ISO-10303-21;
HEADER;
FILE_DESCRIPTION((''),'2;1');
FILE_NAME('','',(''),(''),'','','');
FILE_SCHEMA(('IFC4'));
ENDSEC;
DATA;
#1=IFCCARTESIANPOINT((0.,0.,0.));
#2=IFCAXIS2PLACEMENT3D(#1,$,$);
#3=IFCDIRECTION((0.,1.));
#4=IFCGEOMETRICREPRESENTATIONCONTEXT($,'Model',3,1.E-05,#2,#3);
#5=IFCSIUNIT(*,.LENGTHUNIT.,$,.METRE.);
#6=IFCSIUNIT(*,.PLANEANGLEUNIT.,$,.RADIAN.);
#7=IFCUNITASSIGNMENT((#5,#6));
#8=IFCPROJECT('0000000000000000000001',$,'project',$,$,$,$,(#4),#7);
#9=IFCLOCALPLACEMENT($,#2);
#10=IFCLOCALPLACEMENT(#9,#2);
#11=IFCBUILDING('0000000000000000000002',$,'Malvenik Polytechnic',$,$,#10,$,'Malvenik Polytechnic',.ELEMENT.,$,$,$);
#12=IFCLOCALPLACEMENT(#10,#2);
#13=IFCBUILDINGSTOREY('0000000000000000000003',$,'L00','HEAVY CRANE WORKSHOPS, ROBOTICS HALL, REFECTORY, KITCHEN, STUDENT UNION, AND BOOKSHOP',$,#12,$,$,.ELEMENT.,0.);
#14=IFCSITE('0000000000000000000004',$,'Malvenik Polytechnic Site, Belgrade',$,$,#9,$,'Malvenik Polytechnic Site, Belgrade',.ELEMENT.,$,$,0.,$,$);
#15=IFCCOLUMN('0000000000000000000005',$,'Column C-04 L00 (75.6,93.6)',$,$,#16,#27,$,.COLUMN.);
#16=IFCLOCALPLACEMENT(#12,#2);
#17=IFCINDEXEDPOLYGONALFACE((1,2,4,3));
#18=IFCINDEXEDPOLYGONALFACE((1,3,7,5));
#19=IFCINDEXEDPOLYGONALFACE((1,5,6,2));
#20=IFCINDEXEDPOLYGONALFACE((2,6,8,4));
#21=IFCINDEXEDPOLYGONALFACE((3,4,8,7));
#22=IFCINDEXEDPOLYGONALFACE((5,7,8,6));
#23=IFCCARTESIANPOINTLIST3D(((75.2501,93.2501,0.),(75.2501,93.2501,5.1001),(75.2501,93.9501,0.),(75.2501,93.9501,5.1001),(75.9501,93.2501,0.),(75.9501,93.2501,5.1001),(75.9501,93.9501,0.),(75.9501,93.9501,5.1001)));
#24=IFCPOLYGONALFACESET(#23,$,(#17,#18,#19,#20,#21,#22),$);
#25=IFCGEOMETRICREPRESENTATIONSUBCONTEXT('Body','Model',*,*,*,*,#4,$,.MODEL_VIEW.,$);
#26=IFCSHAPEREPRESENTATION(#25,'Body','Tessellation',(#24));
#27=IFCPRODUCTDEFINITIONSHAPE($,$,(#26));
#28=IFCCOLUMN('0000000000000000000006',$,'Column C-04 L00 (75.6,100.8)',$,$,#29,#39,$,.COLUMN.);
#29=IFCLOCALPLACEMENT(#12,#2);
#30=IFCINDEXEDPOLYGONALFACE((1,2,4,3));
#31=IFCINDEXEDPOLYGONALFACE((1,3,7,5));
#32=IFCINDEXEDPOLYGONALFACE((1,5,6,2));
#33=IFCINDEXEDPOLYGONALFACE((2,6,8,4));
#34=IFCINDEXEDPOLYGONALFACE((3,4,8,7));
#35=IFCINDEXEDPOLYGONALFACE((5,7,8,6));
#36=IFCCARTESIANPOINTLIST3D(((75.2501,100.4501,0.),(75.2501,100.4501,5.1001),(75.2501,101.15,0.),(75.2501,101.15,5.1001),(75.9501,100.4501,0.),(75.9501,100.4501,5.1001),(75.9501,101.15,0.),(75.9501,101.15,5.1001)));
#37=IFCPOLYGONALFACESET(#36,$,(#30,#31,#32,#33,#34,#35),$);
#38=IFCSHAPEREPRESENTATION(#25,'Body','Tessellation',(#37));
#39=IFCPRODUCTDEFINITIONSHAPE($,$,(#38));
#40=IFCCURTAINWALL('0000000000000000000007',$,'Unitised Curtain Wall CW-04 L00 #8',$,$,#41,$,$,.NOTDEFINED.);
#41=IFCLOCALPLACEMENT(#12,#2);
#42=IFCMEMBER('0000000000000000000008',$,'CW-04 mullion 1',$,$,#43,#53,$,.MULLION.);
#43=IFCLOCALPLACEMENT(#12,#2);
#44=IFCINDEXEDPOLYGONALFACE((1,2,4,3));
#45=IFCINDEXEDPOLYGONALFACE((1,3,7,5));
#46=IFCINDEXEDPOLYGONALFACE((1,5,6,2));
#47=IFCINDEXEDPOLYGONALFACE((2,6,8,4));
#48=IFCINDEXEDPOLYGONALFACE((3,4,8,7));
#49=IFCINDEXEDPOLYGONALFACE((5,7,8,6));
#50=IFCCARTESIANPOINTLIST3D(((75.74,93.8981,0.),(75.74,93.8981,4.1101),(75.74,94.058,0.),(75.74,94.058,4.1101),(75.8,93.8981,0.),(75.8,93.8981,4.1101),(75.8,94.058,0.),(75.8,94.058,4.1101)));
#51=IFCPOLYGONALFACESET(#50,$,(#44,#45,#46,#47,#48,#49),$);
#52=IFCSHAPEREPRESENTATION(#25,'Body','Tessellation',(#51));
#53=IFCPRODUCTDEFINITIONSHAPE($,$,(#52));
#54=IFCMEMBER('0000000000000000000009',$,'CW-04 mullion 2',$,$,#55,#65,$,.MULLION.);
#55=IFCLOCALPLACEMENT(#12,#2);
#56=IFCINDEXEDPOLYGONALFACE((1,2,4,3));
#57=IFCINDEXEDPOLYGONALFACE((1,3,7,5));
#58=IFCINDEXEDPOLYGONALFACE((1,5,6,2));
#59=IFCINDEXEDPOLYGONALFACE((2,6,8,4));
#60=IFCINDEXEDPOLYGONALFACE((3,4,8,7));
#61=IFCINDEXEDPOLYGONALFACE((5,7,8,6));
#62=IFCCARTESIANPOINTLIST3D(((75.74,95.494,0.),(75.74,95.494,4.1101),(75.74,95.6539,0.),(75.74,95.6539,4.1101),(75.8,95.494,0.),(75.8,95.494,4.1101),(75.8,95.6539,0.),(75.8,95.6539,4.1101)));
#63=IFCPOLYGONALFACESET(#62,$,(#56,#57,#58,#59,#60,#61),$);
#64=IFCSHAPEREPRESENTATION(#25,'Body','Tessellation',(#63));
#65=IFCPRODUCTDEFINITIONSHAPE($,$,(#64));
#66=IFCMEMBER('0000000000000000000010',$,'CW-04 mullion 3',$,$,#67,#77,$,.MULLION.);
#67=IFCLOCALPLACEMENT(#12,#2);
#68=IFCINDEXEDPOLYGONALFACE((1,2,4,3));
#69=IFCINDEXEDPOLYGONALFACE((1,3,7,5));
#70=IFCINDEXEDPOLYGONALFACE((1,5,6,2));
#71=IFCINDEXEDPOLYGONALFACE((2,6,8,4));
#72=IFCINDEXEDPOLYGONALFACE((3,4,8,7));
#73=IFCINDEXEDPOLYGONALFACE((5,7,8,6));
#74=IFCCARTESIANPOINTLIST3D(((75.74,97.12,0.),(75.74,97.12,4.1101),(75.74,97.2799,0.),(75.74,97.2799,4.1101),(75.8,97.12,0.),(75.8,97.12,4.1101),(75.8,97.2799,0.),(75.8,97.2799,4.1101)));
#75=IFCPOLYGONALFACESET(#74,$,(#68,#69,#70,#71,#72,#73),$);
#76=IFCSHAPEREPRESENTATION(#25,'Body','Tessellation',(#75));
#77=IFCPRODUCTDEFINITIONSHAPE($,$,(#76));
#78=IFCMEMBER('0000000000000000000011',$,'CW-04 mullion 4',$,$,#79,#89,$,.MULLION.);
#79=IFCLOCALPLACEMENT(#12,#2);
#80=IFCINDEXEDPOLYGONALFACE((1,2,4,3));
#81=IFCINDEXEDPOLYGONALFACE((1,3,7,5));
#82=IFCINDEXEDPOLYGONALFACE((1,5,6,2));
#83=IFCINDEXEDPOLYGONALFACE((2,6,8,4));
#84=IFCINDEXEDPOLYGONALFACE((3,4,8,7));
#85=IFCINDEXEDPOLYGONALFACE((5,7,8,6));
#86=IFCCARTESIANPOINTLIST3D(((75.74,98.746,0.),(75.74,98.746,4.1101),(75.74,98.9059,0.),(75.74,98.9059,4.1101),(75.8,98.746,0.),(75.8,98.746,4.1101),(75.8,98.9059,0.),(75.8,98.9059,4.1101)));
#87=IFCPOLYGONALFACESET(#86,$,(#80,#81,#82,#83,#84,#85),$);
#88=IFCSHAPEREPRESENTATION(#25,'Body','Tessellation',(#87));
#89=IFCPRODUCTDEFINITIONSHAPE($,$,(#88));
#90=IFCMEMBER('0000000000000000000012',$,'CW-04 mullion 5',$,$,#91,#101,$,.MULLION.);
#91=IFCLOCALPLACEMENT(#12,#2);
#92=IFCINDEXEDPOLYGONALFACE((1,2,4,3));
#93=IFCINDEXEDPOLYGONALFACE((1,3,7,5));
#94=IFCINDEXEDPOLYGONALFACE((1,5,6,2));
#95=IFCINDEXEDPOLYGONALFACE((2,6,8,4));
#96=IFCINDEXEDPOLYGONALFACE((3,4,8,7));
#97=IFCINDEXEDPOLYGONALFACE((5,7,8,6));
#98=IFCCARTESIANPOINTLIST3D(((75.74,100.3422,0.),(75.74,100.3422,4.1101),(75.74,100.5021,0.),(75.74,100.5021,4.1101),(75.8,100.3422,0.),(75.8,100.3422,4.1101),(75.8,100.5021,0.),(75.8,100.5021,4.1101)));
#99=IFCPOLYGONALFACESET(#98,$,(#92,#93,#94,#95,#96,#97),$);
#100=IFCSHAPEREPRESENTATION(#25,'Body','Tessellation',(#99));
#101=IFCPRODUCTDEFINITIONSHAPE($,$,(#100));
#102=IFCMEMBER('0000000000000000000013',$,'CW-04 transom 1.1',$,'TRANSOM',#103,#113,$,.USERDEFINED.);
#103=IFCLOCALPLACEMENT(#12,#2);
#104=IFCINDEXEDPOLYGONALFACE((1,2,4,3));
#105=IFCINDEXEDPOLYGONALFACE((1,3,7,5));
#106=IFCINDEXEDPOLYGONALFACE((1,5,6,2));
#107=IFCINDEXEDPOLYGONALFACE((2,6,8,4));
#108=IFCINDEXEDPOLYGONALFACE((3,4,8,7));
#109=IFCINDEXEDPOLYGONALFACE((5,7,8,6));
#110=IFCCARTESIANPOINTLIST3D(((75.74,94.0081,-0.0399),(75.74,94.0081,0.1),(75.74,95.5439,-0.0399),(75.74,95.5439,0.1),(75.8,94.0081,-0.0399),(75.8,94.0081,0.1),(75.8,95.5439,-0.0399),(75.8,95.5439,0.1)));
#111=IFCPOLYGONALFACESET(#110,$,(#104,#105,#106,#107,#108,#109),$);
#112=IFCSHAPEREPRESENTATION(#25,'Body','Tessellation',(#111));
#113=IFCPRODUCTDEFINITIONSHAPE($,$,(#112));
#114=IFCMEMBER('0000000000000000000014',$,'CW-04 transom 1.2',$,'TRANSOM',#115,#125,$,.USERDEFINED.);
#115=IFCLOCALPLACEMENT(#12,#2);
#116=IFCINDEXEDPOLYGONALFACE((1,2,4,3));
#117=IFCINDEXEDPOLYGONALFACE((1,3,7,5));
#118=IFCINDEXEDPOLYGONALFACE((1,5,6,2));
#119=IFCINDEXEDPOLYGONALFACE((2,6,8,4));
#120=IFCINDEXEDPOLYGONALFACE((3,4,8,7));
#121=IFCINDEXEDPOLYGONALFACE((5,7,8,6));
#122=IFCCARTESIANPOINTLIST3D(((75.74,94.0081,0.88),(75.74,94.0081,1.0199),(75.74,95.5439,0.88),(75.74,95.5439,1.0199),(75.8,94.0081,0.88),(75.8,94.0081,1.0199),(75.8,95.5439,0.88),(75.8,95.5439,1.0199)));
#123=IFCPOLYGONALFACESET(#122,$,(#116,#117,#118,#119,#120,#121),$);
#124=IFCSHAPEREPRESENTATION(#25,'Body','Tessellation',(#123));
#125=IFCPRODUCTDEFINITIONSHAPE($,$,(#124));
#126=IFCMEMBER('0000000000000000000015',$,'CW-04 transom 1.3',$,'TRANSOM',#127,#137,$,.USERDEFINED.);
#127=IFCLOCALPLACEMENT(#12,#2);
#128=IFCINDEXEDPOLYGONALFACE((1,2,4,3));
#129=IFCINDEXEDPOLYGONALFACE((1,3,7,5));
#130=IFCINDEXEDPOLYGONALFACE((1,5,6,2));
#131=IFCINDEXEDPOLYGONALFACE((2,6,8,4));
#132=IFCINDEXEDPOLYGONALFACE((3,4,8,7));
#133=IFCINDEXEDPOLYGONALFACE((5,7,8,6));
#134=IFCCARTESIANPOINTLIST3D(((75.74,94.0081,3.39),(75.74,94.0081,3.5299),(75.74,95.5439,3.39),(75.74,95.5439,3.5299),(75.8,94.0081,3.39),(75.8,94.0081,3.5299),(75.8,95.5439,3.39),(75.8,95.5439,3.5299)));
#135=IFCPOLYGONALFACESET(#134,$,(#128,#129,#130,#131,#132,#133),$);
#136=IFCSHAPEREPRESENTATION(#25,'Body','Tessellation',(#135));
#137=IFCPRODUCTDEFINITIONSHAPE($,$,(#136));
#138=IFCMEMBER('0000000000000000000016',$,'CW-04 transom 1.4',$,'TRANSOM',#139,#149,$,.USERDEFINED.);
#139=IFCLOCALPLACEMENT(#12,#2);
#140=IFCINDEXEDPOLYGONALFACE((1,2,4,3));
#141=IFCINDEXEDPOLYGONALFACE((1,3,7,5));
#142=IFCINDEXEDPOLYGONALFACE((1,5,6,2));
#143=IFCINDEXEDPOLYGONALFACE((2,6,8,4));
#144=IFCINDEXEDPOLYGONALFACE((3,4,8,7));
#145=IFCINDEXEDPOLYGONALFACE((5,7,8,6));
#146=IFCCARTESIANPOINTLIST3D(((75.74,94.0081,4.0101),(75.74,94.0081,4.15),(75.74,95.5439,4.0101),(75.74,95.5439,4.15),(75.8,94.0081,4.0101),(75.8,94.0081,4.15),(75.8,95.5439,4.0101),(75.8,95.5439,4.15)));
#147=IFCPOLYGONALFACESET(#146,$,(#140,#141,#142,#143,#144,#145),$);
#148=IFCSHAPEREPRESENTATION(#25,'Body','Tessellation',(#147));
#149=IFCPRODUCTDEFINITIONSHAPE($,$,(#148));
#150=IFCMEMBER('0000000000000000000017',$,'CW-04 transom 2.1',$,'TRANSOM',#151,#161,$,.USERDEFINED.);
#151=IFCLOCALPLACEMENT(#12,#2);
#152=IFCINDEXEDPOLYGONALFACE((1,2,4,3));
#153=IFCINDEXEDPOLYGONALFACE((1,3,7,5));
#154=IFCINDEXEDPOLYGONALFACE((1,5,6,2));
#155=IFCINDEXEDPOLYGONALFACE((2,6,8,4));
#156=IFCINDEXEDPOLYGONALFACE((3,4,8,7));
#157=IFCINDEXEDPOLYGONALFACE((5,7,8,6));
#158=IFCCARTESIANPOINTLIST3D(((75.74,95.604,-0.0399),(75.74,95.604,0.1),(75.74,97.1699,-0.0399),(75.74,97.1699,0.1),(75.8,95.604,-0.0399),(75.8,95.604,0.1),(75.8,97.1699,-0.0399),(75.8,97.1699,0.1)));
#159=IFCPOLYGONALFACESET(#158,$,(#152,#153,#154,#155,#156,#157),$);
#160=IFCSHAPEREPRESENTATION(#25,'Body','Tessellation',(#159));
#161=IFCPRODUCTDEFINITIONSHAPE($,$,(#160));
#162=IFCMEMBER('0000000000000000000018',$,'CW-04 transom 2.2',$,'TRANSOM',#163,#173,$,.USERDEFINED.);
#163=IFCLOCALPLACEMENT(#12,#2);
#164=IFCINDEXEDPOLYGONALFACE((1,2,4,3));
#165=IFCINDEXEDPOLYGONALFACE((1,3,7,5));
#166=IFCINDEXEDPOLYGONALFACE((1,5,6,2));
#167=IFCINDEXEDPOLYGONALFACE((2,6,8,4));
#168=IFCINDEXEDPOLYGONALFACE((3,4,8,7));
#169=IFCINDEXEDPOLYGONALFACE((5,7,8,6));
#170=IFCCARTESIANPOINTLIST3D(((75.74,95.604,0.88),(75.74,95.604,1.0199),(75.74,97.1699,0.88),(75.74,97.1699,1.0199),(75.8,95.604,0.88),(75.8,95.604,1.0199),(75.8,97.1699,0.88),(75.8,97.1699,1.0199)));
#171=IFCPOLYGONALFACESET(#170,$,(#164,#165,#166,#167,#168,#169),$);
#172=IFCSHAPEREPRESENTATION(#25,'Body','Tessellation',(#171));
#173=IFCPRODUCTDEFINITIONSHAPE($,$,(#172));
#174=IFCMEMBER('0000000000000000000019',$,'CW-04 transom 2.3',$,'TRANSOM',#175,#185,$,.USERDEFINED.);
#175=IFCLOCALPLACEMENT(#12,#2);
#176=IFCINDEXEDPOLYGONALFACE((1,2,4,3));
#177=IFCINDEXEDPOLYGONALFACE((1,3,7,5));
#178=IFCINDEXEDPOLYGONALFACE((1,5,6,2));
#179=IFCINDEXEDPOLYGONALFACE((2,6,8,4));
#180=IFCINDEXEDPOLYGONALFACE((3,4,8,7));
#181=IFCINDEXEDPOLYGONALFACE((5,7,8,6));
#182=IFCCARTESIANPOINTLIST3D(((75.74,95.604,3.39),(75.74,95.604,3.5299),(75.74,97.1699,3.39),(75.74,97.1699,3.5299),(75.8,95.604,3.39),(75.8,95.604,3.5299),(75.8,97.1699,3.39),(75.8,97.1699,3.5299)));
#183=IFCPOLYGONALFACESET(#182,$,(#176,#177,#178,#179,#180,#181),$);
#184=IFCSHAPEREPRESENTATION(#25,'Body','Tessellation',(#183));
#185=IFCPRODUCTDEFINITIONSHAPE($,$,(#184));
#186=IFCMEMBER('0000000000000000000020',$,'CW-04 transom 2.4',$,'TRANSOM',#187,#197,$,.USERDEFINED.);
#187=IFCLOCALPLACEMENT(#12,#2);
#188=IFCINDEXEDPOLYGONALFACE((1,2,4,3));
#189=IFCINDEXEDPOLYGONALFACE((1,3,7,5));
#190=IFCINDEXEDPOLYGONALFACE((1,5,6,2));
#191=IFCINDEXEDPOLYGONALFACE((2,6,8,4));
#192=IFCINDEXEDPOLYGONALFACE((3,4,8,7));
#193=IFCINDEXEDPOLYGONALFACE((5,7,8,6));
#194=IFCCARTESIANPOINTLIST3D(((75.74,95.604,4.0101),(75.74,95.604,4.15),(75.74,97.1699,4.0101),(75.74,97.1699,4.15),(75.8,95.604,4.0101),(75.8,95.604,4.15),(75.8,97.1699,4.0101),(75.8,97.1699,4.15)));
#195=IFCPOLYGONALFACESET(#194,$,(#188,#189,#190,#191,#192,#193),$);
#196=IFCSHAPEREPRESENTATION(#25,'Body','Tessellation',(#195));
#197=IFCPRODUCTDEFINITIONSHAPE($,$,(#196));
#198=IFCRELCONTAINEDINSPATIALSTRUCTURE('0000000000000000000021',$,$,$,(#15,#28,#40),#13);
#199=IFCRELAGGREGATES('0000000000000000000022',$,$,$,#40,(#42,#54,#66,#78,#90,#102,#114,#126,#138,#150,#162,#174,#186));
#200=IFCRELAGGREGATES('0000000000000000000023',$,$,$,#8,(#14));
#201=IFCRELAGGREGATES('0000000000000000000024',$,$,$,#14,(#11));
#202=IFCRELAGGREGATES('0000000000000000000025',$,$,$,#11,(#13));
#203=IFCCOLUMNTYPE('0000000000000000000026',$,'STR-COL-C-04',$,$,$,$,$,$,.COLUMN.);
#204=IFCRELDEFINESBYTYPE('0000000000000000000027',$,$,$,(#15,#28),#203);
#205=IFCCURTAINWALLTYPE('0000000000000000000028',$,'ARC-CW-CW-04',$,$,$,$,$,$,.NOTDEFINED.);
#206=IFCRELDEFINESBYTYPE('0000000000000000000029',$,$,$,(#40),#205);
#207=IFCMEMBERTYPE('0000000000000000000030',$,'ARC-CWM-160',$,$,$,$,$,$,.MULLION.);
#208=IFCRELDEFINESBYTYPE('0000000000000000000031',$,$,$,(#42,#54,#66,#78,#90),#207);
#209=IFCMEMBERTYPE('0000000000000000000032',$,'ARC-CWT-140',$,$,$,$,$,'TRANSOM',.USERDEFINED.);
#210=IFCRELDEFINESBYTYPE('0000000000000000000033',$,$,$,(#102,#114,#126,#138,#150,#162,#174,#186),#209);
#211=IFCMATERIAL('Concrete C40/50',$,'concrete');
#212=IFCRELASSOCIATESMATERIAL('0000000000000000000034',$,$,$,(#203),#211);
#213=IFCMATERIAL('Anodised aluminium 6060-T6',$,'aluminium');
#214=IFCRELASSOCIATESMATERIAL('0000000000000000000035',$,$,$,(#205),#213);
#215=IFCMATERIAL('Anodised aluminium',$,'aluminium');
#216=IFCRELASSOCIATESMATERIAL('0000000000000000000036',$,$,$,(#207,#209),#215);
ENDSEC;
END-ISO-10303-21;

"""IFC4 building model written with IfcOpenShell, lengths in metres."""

from ifc_helpers import new_model, si_unit, direction, frame, origin, origin_2d, place, context, subcontext, project, spatial, rectangle, extrude, material, material_profile, profile_set, type_object, element, aggregate, save


model = new_model("IFC4")

# Units and contexts
model_context = context("Model", 3, precision=1e-05, world=origin(), true_north=direction((0.0, 1.0)))
body_context = subcontext(model_context, "Body", "Model", "MODEL_VIEW")
ifc_project = project(units=[si_unit("LENGTHUNIT", "METRE"), si_unit("PLANEANGLEUNIT", "RADIAN")], contexts=[model_context])

# Site, building, storey
site_placement = place(None, origin())
site = spatial("IfcSite", under=ifc_project, at=site_placement, Name="Malvenik Polytechnic Site, Belgrade", LongName="Malvenik Polytechnic Site, Belgrade", CompositionType="ELEMENT", RefElevation=0.0)
building_placement = place(site_placement, origin())
building = spatial("IfcBuilding", under=site, at=building_placement, Name="Malvenik Polytechnic", LongName="Malvenik Polytechnic", CompositionType="ELEMENT")
storey_placement = place(building_placement, origin())
storey = spatial("IfcBuildingStorey", under=building, at=storey_placement, Name="L00", Description="HEAVY CRANE WORKSHOPS, ROBOTICS HALL, REFECTORY, KITCHEN, STUDENT UNION, AND BOOKSHOP", CompositionType="ELEMENT", Elevation=0.0)

# Columns
ifc_material_1 = material(Name="Concrete C40/50", Category="concrete")
ifc_material_profile_1 = material_profile(ifc_material_1, rectangle(XDim=0.7, YDim=0.7, at=origin_2d()), Name="RC COL 700x700")
ifc_profile_set_1 = profile_set([ifc_material_profile_1], Name="Concrete C40/50")
column_type = type_object("IfcColumnType", Name="STR-COL-C-04", PredefinedType="COLUMN", material=ifc_profile_set_1)
for number, where, z_axis, x_axis, name in (
    (1, (75.6001, 93.6001, 0.0), (0.0, 0.0, 1.0), (1.0, 0.0, 0.0), "Column C-04 L00 (75.6,93.6)"),
    (2, (75.6001, 100.8, 0.0), (0.0, 0.0, 1.0), (1.0, 0.0, 0.0), "Column C-04 L00 (75.6,100.8)"),
):
    element("IfcColumn", number, at=place(storey_placement, frame(where, z_axis=z_axis, x_axis=x_axis)), inside=storey, type_object=column_type, Name=name, PredefinedType="COLUMN", context=body_context, shape_type="SweptSolid", body=[
        extrude(rectangle(XDim=0.7, YDim=0.7, at=origin_2d()), origin(), (0.0, 0.0, 1.0), 5.1001),
    ])

# Curtain wall, members
ifc_material_2 = material(Name="Anodised aluminium 6060-T6", Category="aluminium")
curtain_wall_type = type_object("IfcCurtainWallType", Name="ARC-CW-CW-04", PredefinedType="NOTDEFINED", material=ifc_material_2)
curtain_wall_placement = place(storey_placement, origin())
curtain_wall = element("IfcCurtainWall", 3, at=curtain_wall_placement, inside=storey, type_object=curtain_wall_type, Name="Unitised Curtain Wall CW-04 L00 #8", PredefinedType="NOTDEFINED")
ifc_material_3 = material(Name="Anodised aluminium", Category="aluminium")
ifc_material_profile_2 = material_profile(ifc_material_3, rectangle(XDim=0.0601, YDim=0.1599, at=origin_2d()), Name="ALU MULLION 60x160")
ifc_profile_set_2 = profile_set([ifc_material_profile_2], Name="Anodised aluminium")
member_type_1 = type_object("IfcMemberType", Name="ARC-CWM-160", PredefinedType="MULLION", material=ifc_profile_set_2)
member_1_placement = place(storey_placement, frame((75.77, 93.978, 0.0), z_axis=(0.0, 0.0, 1.0), x_axis=(-1.0, 0.0, 0.0)))
member_1 = element("IfcMember", 4, at=member_1_placement, type_object=member_type_1, Name="CW-04 mullion 1", PredefinedType="MULLION", context=body_context, shape_type="SweptSolid", body=[
    extrude(rectangle(XDim=0.0601, YDim=0.1599, at=origin_2d()), origin(), (0.0, 0.0, 1.0), 4.1101),
])
member_2_placement = place(storey_placement, frame((75.77, 95.574, 0.0), z_axis=(0.0, 0.0, 1.0), x_axis=(-1.0, 0.0, 0.0)))
member_2 = element("IfcMember", 5, at=member_2_placement, type_object=member_type_1, Name="CW-04 mullion 2", PredefinedType="MULLION", context=body_context, shape_type="SweptSolid", body=[
    extrude(rectangle(XDim=0.0601, YDim=0.1599, at=origin_2d()), origin(), (0.0, 0.0, 1.0), 4.1101),
])
member_3_placement = place(storey_placement, frame((75.77, 97.2, 0.0), z_axis=(0.0, 0.0, 1.0), x_axis=(-1.0, 0.0, 0.0)))
member_3 = element("IfcMember", 6, at=member_3_placement, type_object=member_type_1, Name="CW-04 mullion 3", PredefinedType="MULLION", context=body_context, shape_type="SweptSolid", body=[
    extrude(rectangle(XDim=0.0601, YDim=0.1599, at=origin_2d()), origin(), (0.0, 0.0, 1.0), 4.1101),
])
member_4_placement = place(storey_placement, frame((75.77, 98.8259, 0.0), z_axis=(0.0, 0.0, 1.0), x_axis=(-1.0, 0.0, 0.0)))
member_4 = element("IfcMember", 7, at=member_4_placement, type_object=member_type_1, Name="CW-04 mullion 4", PredefinedType="MULLION", context=body_context, shape_type="SweptSolid", body=[
    extrude(rectangle(XDim=0.0601, YDim=0.1599, at=origin_2d()), origin(), (0.0, 0.0, 1.0), 4.1101),
])
member_5_placement = place(storey_placement, frame((75.77, 100.4221, 0.0), z_axis=(0.0, 0.0, 1.0), x_axis=(-1.0, 0.0, 0.0)))
member_5 = element("IfcMember", 8, at=member_5_placement, type_object=member_type_1, Name="CW-04 mullion 5", PredefinedType="MULLION", context=body_context, shape_type="SweptSolid", body=[
    extrude(rectangle(XDim=0.0601, YDim=0.1599, at=origin_2d()), origin(), (0.0, 0.0, 1.0), 4.1101),
])
ifc_material_profile_3 = material_profile(ifc_material_3, rectangle(XDim=0.0601, YDim=0.1399, at=origin_2d()), Name="ALU TRANSOM 60x140")
ifc_profile_set_3 = profile_set([ifc_material_profile_3], Name="Anodised aluminium")
member_type_2 = type_object("IfcMemberType", Name="ARC-CWT-140", ElementType="TRANSOM", PredefinedType="USERDEFINED", material=ifc_profile_set_3)
member_6_placement = place(storey_placement, frame((75.77, 94.0081, 0.03), z_axis=(0.0, 1.0, 0.0), x_axis=(-1.0, 0.0, 0.0)))
member_6 = element("IfcMember", 9, at=member_6_placement, type_object=member_type_2, Name="CW-04 transom 1.1", ObjectType="TRANSOM", PredefinedType="USERDEFINED", context=body_context, shape_type="SweptSolid", body=[
    extrude(rectangle(XDim=0.0601, YDim=0.1399, at=origin_2d()), origin(), (0.0, 0.0, 1.0), 1.5359),
])
member_7_placement = place(storey_placement, frame((75.77, 94.0081, 0.95), z_axis=(0.0, 1.0, 0.0), x_axis=(-1.0, 0.0, 0.0)))
member_7 = element("IfcMember", 10, at=member_7_placement, type_object=member_type_2, Name="CW-04 transom 1.2", ObjectType="TRANSOM", PredefinedType="USERDEFINED", context=body_context, shape_type="SweptSolid", body=[
    extrude(rectangle(XDim=0.0601, YDim=0.1399, at=origin_2d()), origin(), (0.0, 0.0, 1.0), 1.5359),
])
member_8_placement = place(storey_placement, frame((75.77, 94.0081, 3.46), z_axis=(0.0, 1.0, 0.0), x_axis=(-1.0, 0.0, 0.0)))
member_8 = element("IfcMember", 11, at=member_8_placement, type_object=member_type_2, Name="CW-04 transom 1.3", ObjectType="TRANSOM", PredefinedType="USERDEFINED", context=body_context, shape_type="SweptSolid", body=[
    extrude(rectangle(XDim=0.0601, YDim=0.1399, at=origin_2d()), origin(), (0.0, 0.0, 1.0), 1.5359),
])
member_9_placement = place(storey_placement, frame((75.77, 94.0081, 4.0801), z_axis=(0.0, 1.0, 0.0), x_axis=(-1.0, 0.0, 0.0)))
member_9 = element("IfcMember", 12, at=member_9_placement, type_object=member_type_2, Name="CW-04 transom 1.4", ObjectType="TRANSOM", PredefinedType="USERDEFINED", context=body_context, shape_type="SweptSolid", body=[
    extrude(rectangle(XDim=0.0601, YDim=0.1399, at=origin_2d()), origin(), (0.0, 0.0, 1.0), 1.5359),
])
member_10_placement = place(storey_placement, frame((75.77, 95.604, 0.03), z_axis=(0.0, 1.0, 0.0), x_axis=(-1.0, 0.0, 0.0)))
member_10 = element("IfcMember", 13, at=member_10_placement, type_object=member_type_2, Name="CW-04 transom 2.1", ObjectType="TRANSOM", PredefinedType="USERDEFINED", context=body_context, shape_type="SweptSolid", body=[
    extrude(rectangle(XDim=0.0601, YDim=0.1399, at=origin_2d()), origin(), (0.0, 0.0, 1.0), 1.5659),
])
member_11_placement = place(storey_placement, frame((75.77, 95.604, 0.95), z_axis=(0.0, 1.0, 0.0), x_axis=(-1.0, 0.0, 0.0)))
member_11 = element("IfcMember", 14, at=member_11_placement, type_object=member_type_2, Name="CW-04 transom 2.2", ObjectType="TRANSOM", PredefinedType="USERDEFINED", context=body_context, shape_type="SweptSolid", body=[
    extrude(rectangle(XDim=0.0601, YDim=0.1399, at=origin_2d()), origin(), (0.0, 0.0, 1.0), 1.5659),
])
member_12_placement = place(storey_placement, frame((75.77, 95.604, 3.46), z_axis=(0.0, 1.0, 0.0), x_axis=(-1.0, 0.0, 0.0)))
member_12 = element("IfcMember", 15, at=member_12_placement, type_object=member_type_2, Name="CW-04 transom 2.3", ObjectType="TRANSOM", PredefinedType="USERDEFINED", context=body_context, shape_type="SweptSolid", body=[
    extrude(rectangle(XDim=0.0601, YDim=0.1399, at=origin_2d()), origin(), (0.0, 0.0, 1.0), 1.5659),
])
member_13_placement = place(storey_placement, frame((75.77, 95.604, 4.0801), z_axis=(0.0, 1.0, 0.0), x_axis=(-1.0, 0.0, 0.0)))
member_13 = element("IfcMember", 16, at=member_13_placement, type_object=member_type_2, Name="CW-04 transom 2.4", ObjectType="TRANSOM", PredefinedType="USERDEFINED", context=body_context, shape_type="SweptSolid", body=[
    extrude(rectangle(XDim=0.0601, YDim=0.1399, at=origin_2d()), origin(), (0.0, 0.0, 1.0), 1.5659),
])

aggregate(curtain_wall, [member_1, member_2, member_3, member_4, member_5, member_6, member_7, member_8, member_9, member_10, member_11, member_12, member_13])

save(model, "model.ifc")
